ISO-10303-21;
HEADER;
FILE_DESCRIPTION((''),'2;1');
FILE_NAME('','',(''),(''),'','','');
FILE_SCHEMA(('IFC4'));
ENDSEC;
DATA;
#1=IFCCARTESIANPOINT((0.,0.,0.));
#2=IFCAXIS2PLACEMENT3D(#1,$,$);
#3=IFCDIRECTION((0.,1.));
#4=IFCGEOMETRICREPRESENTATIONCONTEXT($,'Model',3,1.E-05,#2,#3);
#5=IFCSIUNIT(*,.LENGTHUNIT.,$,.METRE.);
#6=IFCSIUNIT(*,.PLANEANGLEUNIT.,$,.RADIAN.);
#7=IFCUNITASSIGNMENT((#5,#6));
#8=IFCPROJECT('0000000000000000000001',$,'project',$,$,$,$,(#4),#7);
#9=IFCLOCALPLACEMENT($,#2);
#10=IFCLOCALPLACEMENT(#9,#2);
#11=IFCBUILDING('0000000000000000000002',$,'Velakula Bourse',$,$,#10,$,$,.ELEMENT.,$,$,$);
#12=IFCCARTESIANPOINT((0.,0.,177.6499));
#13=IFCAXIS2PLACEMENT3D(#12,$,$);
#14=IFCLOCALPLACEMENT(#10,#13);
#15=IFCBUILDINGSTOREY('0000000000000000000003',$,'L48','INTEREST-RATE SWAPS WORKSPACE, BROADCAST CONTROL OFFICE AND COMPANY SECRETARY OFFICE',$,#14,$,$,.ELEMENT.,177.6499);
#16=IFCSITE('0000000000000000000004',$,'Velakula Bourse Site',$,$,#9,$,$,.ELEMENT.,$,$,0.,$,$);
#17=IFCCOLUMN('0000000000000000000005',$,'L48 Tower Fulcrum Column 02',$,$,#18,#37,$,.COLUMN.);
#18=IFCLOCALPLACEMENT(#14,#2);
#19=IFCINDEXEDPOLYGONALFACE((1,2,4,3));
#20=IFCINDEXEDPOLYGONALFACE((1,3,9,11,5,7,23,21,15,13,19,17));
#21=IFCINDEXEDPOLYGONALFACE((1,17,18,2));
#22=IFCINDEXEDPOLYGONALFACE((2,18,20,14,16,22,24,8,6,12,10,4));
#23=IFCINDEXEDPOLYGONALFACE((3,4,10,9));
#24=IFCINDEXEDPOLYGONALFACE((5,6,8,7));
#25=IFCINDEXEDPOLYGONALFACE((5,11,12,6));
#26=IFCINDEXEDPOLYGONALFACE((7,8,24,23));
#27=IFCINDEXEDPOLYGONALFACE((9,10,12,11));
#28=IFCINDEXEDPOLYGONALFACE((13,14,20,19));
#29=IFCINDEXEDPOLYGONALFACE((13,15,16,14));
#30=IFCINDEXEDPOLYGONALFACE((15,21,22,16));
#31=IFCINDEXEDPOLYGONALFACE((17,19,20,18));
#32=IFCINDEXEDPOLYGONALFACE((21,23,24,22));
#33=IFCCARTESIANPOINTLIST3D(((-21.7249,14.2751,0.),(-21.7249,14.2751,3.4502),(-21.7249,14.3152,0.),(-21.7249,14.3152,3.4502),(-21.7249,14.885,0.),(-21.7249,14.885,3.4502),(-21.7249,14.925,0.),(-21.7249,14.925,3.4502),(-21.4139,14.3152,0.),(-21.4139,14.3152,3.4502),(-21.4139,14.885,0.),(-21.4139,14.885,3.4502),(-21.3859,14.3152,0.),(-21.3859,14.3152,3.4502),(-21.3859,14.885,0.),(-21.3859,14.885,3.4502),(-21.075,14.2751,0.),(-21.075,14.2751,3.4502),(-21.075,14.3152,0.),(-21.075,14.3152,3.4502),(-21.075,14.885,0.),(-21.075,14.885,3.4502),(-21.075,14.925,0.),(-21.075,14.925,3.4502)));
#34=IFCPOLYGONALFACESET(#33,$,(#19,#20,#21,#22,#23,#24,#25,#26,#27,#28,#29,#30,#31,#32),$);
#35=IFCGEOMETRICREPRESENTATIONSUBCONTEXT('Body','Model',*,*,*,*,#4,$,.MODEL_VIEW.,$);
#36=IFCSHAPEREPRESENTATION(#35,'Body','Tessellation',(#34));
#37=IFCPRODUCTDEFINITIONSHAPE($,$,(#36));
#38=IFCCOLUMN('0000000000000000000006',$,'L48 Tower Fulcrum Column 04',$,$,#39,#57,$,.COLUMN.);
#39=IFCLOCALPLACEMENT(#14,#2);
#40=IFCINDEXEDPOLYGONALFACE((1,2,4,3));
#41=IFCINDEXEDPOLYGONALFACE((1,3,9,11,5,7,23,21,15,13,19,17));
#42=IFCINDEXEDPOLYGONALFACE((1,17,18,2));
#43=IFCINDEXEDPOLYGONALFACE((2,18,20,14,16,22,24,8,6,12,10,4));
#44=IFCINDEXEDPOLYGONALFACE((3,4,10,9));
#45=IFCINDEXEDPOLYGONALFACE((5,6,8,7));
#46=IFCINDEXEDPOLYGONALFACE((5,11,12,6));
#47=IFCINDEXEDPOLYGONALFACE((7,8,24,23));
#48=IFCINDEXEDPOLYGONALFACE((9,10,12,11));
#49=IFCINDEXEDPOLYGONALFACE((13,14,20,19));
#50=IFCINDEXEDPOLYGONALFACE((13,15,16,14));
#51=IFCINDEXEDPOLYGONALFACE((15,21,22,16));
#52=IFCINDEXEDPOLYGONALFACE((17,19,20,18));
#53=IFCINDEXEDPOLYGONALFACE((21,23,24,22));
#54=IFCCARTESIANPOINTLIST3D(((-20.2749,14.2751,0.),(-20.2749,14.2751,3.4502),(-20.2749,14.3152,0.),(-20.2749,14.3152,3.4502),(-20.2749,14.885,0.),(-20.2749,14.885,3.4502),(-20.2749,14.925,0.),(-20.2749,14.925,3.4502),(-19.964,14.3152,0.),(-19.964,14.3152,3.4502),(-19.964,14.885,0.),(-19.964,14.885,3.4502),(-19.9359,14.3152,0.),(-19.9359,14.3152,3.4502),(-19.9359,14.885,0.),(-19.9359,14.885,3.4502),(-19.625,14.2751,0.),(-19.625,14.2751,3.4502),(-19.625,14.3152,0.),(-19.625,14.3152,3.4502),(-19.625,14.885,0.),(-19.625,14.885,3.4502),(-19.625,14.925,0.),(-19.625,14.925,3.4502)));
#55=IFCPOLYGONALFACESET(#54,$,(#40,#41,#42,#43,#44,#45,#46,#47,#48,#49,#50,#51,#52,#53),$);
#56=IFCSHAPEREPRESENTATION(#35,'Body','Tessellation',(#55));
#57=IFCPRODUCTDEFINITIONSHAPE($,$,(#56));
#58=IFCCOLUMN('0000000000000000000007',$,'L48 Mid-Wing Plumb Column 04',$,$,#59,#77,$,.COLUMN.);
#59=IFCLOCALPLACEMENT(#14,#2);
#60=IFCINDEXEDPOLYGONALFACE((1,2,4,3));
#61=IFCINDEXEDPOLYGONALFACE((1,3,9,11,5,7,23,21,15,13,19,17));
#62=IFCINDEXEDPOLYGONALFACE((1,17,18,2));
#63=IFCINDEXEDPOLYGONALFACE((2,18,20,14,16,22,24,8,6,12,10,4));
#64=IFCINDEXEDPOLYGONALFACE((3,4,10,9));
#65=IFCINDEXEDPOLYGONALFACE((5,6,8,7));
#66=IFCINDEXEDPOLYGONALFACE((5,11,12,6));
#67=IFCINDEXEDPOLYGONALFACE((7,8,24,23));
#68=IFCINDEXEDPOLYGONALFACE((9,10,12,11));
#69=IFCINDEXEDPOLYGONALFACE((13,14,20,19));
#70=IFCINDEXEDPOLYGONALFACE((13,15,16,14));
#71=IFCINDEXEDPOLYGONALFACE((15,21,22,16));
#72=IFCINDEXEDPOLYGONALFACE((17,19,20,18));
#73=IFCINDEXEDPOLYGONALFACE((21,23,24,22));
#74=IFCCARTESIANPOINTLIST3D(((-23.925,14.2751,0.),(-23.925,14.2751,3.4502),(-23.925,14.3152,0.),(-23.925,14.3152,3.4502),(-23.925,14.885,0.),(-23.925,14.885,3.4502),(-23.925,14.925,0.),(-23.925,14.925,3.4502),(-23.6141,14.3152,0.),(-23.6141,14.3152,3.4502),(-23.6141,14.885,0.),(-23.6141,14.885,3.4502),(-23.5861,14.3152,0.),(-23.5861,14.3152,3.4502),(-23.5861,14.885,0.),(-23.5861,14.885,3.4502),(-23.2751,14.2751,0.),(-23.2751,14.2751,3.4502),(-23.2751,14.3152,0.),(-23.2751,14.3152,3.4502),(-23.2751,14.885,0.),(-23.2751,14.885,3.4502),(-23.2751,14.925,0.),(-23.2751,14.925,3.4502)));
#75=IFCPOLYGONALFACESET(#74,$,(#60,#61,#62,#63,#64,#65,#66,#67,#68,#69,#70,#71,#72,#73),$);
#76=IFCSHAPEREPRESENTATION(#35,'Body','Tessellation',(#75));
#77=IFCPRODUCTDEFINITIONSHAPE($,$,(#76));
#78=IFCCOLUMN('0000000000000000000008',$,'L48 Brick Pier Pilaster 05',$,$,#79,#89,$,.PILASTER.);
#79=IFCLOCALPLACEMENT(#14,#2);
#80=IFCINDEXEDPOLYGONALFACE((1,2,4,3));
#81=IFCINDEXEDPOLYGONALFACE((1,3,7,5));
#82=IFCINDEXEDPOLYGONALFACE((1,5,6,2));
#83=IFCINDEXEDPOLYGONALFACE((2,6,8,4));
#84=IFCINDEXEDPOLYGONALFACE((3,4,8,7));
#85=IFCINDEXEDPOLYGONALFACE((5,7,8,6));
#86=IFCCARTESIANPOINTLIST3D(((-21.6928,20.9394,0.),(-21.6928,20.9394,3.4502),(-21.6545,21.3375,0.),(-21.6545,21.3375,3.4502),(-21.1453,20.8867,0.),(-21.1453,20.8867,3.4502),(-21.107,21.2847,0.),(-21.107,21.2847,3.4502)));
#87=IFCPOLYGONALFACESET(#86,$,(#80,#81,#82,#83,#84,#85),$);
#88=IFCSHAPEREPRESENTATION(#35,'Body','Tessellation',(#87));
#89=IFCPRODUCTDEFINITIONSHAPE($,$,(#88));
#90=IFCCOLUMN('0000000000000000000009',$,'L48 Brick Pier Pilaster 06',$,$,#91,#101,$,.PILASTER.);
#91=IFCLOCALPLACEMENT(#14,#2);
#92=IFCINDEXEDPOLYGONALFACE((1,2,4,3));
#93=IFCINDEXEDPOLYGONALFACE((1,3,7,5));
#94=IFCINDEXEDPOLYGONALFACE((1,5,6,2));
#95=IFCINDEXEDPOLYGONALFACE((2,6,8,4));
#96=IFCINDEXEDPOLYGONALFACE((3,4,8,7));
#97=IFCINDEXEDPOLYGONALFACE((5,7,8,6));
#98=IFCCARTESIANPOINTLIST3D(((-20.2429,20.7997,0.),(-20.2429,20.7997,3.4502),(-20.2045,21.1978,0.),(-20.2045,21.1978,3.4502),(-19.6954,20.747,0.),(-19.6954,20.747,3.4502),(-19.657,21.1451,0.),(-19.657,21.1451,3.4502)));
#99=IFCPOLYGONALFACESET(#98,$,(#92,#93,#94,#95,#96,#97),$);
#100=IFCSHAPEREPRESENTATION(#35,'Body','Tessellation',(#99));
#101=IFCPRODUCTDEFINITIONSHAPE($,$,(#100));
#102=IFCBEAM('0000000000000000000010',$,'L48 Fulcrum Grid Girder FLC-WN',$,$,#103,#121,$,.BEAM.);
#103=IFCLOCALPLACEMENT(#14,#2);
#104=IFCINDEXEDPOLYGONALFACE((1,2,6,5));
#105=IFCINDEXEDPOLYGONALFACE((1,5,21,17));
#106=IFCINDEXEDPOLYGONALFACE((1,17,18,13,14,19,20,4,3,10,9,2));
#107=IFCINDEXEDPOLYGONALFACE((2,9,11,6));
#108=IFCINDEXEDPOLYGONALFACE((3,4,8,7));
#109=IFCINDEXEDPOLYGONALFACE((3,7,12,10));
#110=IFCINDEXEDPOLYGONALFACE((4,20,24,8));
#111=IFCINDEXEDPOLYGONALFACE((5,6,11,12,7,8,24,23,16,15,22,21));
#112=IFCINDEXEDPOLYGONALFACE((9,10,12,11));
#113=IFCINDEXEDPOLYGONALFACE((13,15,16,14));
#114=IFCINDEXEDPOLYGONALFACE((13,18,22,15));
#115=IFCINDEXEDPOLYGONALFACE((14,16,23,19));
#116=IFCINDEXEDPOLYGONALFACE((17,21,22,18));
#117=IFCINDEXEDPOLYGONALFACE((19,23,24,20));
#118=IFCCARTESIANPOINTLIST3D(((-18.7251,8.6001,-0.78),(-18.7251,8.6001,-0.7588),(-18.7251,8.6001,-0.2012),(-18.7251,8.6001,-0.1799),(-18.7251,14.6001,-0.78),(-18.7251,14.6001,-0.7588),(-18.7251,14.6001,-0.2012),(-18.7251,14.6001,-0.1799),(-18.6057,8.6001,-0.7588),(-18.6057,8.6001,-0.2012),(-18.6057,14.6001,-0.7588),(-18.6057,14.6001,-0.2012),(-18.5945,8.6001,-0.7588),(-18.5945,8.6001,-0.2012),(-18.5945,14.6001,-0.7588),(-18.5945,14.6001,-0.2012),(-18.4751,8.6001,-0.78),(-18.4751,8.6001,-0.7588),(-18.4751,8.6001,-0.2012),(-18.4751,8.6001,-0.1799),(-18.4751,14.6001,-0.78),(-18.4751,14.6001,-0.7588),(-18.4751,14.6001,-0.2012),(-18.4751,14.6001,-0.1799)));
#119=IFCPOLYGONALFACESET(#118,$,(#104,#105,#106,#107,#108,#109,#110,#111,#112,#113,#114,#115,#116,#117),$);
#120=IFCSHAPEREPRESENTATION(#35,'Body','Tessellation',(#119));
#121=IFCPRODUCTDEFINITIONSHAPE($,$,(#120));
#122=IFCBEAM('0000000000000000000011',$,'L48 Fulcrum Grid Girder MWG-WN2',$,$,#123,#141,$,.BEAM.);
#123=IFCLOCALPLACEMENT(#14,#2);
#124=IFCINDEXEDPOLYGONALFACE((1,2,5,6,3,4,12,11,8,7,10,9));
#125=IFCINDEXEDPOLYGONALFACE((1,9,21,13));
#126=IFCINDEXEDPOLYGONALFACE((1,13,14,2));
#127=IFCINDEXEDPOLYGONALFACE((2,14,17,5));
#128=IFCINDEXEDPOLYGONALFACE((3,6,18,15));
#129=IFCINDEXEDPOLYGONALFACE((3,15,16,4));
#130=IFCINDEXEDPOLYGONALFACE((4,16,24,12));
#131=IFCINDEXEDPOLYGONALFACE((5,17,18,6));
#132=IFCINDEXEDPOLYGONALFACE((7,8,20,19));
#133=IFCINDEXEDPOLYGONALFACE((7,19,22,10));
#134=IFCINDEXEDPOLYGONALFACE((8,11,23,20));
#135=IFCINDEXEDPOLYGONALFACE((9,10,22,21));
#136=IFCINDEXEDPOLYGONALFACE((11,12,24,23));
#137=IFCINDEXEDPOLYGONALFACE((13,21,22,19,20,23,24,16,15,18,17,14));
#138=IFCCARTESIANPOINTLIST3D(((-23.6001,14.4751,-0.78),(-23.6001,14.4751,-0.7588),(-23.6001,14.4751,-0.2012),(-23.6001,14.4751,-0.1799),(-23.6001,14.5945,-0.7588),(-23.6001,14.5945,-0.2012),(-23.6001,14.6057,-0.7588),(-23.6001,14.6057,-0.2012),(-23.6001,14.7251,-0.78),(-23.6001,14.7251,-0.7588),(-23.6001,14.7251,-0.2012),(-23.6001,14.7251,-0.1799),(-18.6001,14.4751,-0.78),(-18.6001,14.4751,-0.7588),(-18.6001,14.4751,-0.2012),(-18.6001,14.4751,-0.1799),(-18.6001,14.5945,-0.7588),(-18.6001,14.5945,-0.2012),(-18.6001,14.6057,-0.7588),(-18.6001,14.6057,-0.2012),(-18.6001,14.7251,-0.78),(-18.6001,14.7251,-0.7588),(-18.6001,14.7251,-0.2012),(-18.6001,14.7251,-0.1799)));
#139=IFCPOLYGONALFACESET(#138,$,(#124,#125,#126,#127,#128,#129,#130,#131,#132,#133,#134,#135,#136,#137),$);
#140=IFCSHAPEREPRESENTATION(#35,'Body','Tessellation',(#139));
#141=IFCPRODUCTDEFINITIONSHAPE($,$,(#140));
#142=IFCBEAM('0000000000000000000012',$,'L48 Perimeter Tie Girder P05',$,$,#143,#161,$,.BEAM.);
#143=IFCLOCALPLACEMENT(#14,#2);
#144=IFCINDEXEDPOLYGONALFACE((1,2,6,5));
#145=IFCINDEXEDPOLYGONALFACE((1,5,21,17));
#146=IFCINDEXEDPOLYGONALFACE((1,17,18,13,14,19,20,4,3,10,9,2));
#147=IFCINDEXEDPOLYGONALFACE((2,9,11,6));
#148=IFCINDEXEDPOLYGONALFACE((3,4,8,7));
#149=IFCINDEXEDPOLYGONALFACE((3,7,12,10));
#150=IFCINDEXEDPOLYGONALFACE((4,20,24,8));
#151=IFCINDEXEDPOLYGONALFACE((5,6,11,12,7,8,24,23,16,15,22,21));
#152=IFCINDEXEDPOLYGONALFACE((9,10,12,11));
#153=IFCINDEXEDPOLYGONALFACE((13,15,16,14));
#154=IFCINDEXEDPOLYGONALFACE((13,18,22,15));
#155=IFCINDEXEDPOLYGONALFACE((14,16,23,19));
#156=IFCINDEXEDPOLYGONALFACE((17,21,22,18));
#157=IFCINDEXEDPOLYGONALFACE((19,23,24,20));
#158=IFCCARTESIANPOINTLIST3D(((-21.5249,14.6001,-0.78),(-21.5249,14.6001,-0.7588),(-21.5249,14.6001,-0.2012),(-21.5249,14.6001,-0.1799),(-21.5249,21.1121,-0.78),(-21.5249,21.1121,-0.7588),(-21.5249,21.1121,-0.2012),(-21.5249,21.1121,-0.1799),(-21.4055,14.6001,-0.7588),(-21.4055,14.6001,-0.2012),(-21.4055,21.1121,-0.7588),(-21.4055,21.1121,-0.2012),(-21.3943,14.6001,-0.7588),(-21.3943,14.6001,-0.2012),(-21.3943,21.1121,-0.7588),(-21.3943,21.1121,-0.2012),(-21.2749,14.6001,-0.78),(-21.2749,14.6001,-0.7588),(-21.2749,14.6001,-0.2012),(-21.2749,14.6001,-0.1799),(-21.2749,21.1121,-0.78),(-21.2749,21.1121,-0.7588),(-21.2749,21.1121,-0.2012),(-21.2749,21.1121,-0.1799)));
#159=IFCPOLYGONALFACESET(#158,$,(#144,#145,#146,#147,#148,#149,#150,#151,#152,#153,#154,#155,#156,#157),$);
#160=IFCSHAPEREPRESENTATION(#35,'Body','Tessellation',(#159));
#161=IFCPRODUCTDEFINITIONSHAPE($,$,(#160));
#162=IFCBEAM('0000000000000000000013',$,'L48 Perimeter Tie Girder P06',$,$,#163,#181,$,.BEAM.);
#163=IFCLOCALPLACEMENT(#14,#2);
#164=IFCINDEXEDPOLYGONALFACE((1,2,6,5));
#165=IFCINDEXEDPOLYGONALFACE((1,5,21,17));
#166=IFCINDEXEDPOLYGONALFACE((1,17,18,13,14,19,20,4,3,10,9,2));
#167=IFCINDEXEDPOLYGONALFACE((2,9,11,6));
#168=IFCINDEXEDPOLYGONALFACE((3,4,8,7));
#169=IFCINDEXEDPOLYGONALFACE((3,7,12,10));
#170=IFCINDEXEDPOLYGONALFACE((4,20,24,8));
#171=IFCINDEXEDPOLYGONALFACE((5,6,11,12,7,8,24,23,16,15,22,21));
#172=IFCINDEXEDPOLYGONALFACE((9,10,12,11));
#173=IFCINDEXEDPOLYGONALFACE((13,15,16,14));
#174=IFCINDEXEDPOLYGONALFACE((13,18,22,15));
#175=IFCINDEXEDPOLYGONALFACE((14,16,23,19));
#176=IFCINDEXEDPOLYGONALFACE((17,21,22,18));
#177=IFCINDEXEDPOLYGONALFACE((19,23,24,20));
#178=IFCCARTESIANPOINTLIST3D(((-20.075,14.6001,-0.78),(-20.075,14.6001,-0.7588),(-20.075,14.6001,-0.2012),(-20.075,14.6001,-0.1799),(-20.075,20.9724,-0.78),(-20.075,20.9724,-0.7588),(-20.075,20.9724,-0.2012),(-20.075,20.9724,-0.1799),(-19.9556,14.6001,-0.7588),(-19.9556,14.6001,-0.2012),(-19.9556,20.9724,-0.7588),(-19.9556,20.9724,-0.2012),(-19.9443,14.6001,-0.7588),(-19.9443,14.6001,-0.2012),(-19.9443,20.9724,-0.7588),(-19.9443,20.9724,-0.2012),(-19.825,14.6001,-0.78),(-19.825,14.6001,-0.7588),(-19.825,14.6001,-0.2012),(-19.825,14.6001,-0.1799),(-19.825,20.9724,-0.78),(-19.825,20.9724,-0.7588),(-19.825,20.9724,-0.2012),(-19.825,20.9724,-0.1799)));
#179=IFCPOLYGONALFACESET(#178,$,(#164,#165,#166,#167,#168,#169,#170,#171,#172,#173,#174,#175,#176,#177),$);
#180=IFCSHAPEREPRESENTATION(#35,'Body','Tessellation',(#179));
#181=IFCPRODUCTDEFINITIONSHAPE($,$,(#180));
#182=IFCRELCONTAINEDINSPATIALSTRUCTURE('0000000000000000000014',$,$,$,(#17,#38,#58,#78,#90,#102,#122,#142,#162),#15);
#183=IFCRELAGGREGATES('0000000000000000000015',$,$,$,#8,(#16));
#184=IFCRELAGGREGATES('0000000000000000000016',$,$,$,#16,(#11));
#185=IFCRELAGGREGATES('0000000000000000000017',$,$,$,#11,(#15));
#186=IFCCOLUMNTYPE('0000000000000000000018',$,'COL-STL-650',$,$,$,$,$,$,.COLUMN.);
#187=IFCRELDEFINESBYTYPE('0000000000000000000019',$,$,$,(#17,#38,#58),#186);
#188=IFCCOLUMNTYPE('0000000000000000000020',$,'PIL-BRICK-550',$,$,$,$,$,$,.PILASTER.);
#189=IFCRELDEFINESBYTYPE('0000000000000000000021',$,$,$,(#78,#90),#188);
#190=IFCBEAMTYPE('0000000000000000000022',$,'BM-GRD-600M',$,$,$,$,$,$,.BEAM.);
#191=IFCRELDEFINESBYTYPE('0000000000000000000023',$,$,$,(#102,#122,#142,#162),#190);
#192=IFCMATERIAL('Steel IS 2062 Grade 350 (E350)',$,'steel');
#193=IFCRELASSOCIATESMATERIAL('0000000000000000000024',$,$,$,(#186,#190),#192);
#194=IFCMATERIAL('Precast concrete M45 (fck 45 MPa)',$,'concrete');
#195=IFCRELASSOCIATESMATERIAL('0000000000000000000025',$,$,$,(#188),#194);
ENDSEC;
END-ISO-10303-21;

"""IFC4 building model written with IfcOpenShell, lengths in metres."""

from ifc_helpers import new_model, si_unit, direction, frame, origin, origin_2d, place, context, subcontext, project, spatial, rectangle, i_section, extrude, material, material_profile, profile_set, type_object, element, save


model = new_model("IFC4")

# Units and contexts
model_context = context("Model", 3, precision=1e-05, world=origin(), true_north=direction((0.0, 1.0)))
body_context = subcontext(model_context, "Body", "Model", "MODEL_VIEW")
ifc_project = project(units=[si_unit("LENGTHUNIT", "METRE"), si_unit("PLANEANGLEUNIT", "RADIAN")], contexts=[model_context])

# Site, building, storey
site_placement = place(None, origin())
site = spatial("IfcSite", under=ifc_project, at=site_placement, Name="Velakula Bourse Site", CompositionType="ELEMENT", RefElevation=0.0)
building_placement = place(site_placement, origin())
building = spatial("IfcBuilding", under=site, at=building_placement, Name="Velakula Bourse", CompositionType="ELEMENT")
storey_placement = place(building_placement, frame((0.0, 0.0, 177.6499)))
storey = spatial("IfcBuildingStorey", under=building, at=storey_placement, Name="L48", Description="INTEREST-RATE SWAPS WORKSPACE, BROADCAST CONTROL OFFICE AND COMPANY SECRETARY OFFICE", CompositionType="ELEMENT", Elevation=177.6499)

# Columns
ifc_material_1 = material(Name="Steel IS 2062 Grade 350 (E350)", Category="steel")
ifc_material_profile_1 = material_profile(ifc_material_1, i_section(OverallWidth=0.6499, OverallDepth=0.6499, WebThickness=0.0281, FlangeThickness=0.04, at=origin_2d()), Name="Steel IS 2062 Grade 350 (E350)")
ifc_profile_set_1 = profile_set([ifc_material_profile_1], Name="Steel IS 2062 Grade 350 (E350)")
column_type_1 = type_object("IfcColumnType", Name="COL-STL-650", PredefinedType="COLUMN", material=ifc_profile_set_1)
for number, where, z_axis, x_axis, name in (
    (1, (-21.3999, 14.6001, 0.0), (0.0, 0.0, 1.0), (1.0, 0.0, 0.0), "L48 Tower Fulcrum Column 02"),
    (2, (-19.95, 14.6001, 0.0), (0.0, 0.0, 1.0), (1.0, 0.0, 0.0), "L48 Tower Fulcrum Column 04"),
    (3, (-23.6001, 14.6001, 0.0), (0.0, 0.0, 1.0), (1.0, 0.0, 0.0), "L48 Mid-Wing Plumb Column 04"),
):
    element("IfcColumn", number, at=place(storey_placement, frame(where, z_axis=z_axis, x_axis=x_axis)), inside=storey, type_object=column_type_1, Name=name, PredefinedType="COLUMN", context=body_context, shape_type="SweptSolid", body=[
        extrude(i_section(OverallWidth=0.6499, OverallDepth=0.6499, WebThickness=0.0281, FlangeThickness=0.04, at=origin_2d()), origin(), (0.0, 0.0, 1.0), 3.4502),
    ])
ifc_material_2 = material(Name="Precast concrete M45 (fck 45 MPa)", Category="concrete")
ifc_material_profile_2 = material_profile(ifc_material_2, rectangle(XDim=0.55, YDim=0.3999, at=origin_2d()), Name="Precast concrete M45 (fck 45 MPa)")
ifc_profile_set_2 = profile_set([ifc_material_profile_2], Name="Precast concrete M45 (fck 45 MPa)")
column_type_2 = type_object("IfcColumnType", Name="PIL-BRICK-550", PredefinedType="PILASTER", material=ifc_profile_set_2)
for number, where, z_axis, x_axis, name in (
    (4, (-21.3999, 21.1121, 0.0), (0.0, 0.0, 1.0), (0.995396, -0.095846, 0.0), "L48 Brick Pier Pilaster 05"),
    (5, (-19.95, 20.9724, 0.0), (0.0, 0.0, 1.0), (0.995396, -0.095846, 0.0), "L48 Brick Pier Pilaster 06"),
):
    element("IfcColumn", number, at=place(storey_placement, frame(where, z_axis=z_axis, x_axis=x_axis)), inside=storey, type_object=column_type_2, Name=name, PredefinedType="PILASTER", context=body_context, shape_type="SweptSolid", body=[
        extrude(rectangle(XDim=0.55, YDim=0.3999, at=origin_2d()), origin(), (0.0, 0.0, 1.0), 3.4502),
    ])

# Beams
ifc_material_profile_3 = material_profile(ifc_material_1, i_section(OverallWidth=0.25, OverallDepth=0.6001, WebThickness=0.0112, FlangeThickness=0.0212, at=origin_2d()), Name="Steel IS 2062 Grade 350 (E350)")
ifc_profile_set_3 = profile_set([ifc_material_profile_3], Name="Steel IS 2062 Grade 350 (E350)")
beam_type_1 = type_object("IfcBeamType", Name="BM-GRD-600M", PredefinedType="BEAM", material=ifc_profile_set_3)
beam_1_placement = place(storey_placement, frame((-18.6001, 8.6001, -0.48), z_axis=(0.0, 1.0, 0.0), x_axis=(-1.0, 0.0, 0.0)))
element("IfcBeam", 6, at=beam_1_placement, inside=storey, type_object=beam_type_1, Name="L48 Fulcrum Grid Girder FLC-WN", PredefinedType="BEAM", context=body_context, shape_type="SweptSolid", body=[
    extrude(i_section(OverallWidth=0.25, OverallDepth=0.6001, WebThickness=0.0112, FlangeThickness=0.0212, at=origin_2d()), origin(), (0.0, 0.0, 1.0), 6.0),
])
beam_2_placement = place(storey_placement, frame((-23.6001, 14.6001, -0.48), z_axis=(1.0, 0.0, 0.0), x_axis=(0.0, 1.0, 0.0)))
element("IfcBeam", 7, at=beam_2_placement, inside=storey, type_object=beam_type_1, Name="L48 Fulcrum Grid Girder MWG-WN2", PredefinedType="BEAM", context=body_context, shape_type="SweptSolid", body=[
    extrude(i_section(OverallWidth=0.25, OverallDepth=0.6001, WebThickness=0.0112, FlangeThickness=0.0212, at=origin_2d()), origin(), (0.0, 0.0, 1.0), 5.0),
])
beam_3_placement = place(storey_placement, frame((-21.3999, 14.6001, -0.48), z_axis=(0.0, 1.0, 0.0), x_axis=(-1.0, 0.0, 0.0)))
element("IfcBeam", 8, at=beam_3_placement, inside=storey, type_object=beam_type_1, Name="L48 Perimeter Tie Girder P05", PredefinedType="BEAM", context=body_context, shape_type="SweptSolid", body=[
    extrude(i_section(OverallWidth=0.25, OverallDepth=0.6001, WebThickness=0.0112, FlangeThickness=0.0212, at=origin_2d()), origin(), (0.0, 0.0, 1.0), 6.512),
])
beam_4_placement = place(storey_placement, frame((-19.95, 14.6001, -0.48), z_axis=(0.0, 1.0, 0.0), x_axis=(-1.0, 0.0, 0.0)))
element("IfcBeam", 9, at=beam_4_placement, inside=storey, type_object=beam_type_1, Name="L48 Perimeter Tie Girder P06", PredefinedType="BEAM", context=body_context, shape_type="SweptSolid", body=[
    extrude(i_section(OverallWidth=0.25, OverallDepth=0.6001, WebThickness=0.0112, FlangeThickness=0.0212, at=origin_2d()), origin(), (0.0, 0.0, 1.0), 6.3723),
])

save(model, "model.ifc")
